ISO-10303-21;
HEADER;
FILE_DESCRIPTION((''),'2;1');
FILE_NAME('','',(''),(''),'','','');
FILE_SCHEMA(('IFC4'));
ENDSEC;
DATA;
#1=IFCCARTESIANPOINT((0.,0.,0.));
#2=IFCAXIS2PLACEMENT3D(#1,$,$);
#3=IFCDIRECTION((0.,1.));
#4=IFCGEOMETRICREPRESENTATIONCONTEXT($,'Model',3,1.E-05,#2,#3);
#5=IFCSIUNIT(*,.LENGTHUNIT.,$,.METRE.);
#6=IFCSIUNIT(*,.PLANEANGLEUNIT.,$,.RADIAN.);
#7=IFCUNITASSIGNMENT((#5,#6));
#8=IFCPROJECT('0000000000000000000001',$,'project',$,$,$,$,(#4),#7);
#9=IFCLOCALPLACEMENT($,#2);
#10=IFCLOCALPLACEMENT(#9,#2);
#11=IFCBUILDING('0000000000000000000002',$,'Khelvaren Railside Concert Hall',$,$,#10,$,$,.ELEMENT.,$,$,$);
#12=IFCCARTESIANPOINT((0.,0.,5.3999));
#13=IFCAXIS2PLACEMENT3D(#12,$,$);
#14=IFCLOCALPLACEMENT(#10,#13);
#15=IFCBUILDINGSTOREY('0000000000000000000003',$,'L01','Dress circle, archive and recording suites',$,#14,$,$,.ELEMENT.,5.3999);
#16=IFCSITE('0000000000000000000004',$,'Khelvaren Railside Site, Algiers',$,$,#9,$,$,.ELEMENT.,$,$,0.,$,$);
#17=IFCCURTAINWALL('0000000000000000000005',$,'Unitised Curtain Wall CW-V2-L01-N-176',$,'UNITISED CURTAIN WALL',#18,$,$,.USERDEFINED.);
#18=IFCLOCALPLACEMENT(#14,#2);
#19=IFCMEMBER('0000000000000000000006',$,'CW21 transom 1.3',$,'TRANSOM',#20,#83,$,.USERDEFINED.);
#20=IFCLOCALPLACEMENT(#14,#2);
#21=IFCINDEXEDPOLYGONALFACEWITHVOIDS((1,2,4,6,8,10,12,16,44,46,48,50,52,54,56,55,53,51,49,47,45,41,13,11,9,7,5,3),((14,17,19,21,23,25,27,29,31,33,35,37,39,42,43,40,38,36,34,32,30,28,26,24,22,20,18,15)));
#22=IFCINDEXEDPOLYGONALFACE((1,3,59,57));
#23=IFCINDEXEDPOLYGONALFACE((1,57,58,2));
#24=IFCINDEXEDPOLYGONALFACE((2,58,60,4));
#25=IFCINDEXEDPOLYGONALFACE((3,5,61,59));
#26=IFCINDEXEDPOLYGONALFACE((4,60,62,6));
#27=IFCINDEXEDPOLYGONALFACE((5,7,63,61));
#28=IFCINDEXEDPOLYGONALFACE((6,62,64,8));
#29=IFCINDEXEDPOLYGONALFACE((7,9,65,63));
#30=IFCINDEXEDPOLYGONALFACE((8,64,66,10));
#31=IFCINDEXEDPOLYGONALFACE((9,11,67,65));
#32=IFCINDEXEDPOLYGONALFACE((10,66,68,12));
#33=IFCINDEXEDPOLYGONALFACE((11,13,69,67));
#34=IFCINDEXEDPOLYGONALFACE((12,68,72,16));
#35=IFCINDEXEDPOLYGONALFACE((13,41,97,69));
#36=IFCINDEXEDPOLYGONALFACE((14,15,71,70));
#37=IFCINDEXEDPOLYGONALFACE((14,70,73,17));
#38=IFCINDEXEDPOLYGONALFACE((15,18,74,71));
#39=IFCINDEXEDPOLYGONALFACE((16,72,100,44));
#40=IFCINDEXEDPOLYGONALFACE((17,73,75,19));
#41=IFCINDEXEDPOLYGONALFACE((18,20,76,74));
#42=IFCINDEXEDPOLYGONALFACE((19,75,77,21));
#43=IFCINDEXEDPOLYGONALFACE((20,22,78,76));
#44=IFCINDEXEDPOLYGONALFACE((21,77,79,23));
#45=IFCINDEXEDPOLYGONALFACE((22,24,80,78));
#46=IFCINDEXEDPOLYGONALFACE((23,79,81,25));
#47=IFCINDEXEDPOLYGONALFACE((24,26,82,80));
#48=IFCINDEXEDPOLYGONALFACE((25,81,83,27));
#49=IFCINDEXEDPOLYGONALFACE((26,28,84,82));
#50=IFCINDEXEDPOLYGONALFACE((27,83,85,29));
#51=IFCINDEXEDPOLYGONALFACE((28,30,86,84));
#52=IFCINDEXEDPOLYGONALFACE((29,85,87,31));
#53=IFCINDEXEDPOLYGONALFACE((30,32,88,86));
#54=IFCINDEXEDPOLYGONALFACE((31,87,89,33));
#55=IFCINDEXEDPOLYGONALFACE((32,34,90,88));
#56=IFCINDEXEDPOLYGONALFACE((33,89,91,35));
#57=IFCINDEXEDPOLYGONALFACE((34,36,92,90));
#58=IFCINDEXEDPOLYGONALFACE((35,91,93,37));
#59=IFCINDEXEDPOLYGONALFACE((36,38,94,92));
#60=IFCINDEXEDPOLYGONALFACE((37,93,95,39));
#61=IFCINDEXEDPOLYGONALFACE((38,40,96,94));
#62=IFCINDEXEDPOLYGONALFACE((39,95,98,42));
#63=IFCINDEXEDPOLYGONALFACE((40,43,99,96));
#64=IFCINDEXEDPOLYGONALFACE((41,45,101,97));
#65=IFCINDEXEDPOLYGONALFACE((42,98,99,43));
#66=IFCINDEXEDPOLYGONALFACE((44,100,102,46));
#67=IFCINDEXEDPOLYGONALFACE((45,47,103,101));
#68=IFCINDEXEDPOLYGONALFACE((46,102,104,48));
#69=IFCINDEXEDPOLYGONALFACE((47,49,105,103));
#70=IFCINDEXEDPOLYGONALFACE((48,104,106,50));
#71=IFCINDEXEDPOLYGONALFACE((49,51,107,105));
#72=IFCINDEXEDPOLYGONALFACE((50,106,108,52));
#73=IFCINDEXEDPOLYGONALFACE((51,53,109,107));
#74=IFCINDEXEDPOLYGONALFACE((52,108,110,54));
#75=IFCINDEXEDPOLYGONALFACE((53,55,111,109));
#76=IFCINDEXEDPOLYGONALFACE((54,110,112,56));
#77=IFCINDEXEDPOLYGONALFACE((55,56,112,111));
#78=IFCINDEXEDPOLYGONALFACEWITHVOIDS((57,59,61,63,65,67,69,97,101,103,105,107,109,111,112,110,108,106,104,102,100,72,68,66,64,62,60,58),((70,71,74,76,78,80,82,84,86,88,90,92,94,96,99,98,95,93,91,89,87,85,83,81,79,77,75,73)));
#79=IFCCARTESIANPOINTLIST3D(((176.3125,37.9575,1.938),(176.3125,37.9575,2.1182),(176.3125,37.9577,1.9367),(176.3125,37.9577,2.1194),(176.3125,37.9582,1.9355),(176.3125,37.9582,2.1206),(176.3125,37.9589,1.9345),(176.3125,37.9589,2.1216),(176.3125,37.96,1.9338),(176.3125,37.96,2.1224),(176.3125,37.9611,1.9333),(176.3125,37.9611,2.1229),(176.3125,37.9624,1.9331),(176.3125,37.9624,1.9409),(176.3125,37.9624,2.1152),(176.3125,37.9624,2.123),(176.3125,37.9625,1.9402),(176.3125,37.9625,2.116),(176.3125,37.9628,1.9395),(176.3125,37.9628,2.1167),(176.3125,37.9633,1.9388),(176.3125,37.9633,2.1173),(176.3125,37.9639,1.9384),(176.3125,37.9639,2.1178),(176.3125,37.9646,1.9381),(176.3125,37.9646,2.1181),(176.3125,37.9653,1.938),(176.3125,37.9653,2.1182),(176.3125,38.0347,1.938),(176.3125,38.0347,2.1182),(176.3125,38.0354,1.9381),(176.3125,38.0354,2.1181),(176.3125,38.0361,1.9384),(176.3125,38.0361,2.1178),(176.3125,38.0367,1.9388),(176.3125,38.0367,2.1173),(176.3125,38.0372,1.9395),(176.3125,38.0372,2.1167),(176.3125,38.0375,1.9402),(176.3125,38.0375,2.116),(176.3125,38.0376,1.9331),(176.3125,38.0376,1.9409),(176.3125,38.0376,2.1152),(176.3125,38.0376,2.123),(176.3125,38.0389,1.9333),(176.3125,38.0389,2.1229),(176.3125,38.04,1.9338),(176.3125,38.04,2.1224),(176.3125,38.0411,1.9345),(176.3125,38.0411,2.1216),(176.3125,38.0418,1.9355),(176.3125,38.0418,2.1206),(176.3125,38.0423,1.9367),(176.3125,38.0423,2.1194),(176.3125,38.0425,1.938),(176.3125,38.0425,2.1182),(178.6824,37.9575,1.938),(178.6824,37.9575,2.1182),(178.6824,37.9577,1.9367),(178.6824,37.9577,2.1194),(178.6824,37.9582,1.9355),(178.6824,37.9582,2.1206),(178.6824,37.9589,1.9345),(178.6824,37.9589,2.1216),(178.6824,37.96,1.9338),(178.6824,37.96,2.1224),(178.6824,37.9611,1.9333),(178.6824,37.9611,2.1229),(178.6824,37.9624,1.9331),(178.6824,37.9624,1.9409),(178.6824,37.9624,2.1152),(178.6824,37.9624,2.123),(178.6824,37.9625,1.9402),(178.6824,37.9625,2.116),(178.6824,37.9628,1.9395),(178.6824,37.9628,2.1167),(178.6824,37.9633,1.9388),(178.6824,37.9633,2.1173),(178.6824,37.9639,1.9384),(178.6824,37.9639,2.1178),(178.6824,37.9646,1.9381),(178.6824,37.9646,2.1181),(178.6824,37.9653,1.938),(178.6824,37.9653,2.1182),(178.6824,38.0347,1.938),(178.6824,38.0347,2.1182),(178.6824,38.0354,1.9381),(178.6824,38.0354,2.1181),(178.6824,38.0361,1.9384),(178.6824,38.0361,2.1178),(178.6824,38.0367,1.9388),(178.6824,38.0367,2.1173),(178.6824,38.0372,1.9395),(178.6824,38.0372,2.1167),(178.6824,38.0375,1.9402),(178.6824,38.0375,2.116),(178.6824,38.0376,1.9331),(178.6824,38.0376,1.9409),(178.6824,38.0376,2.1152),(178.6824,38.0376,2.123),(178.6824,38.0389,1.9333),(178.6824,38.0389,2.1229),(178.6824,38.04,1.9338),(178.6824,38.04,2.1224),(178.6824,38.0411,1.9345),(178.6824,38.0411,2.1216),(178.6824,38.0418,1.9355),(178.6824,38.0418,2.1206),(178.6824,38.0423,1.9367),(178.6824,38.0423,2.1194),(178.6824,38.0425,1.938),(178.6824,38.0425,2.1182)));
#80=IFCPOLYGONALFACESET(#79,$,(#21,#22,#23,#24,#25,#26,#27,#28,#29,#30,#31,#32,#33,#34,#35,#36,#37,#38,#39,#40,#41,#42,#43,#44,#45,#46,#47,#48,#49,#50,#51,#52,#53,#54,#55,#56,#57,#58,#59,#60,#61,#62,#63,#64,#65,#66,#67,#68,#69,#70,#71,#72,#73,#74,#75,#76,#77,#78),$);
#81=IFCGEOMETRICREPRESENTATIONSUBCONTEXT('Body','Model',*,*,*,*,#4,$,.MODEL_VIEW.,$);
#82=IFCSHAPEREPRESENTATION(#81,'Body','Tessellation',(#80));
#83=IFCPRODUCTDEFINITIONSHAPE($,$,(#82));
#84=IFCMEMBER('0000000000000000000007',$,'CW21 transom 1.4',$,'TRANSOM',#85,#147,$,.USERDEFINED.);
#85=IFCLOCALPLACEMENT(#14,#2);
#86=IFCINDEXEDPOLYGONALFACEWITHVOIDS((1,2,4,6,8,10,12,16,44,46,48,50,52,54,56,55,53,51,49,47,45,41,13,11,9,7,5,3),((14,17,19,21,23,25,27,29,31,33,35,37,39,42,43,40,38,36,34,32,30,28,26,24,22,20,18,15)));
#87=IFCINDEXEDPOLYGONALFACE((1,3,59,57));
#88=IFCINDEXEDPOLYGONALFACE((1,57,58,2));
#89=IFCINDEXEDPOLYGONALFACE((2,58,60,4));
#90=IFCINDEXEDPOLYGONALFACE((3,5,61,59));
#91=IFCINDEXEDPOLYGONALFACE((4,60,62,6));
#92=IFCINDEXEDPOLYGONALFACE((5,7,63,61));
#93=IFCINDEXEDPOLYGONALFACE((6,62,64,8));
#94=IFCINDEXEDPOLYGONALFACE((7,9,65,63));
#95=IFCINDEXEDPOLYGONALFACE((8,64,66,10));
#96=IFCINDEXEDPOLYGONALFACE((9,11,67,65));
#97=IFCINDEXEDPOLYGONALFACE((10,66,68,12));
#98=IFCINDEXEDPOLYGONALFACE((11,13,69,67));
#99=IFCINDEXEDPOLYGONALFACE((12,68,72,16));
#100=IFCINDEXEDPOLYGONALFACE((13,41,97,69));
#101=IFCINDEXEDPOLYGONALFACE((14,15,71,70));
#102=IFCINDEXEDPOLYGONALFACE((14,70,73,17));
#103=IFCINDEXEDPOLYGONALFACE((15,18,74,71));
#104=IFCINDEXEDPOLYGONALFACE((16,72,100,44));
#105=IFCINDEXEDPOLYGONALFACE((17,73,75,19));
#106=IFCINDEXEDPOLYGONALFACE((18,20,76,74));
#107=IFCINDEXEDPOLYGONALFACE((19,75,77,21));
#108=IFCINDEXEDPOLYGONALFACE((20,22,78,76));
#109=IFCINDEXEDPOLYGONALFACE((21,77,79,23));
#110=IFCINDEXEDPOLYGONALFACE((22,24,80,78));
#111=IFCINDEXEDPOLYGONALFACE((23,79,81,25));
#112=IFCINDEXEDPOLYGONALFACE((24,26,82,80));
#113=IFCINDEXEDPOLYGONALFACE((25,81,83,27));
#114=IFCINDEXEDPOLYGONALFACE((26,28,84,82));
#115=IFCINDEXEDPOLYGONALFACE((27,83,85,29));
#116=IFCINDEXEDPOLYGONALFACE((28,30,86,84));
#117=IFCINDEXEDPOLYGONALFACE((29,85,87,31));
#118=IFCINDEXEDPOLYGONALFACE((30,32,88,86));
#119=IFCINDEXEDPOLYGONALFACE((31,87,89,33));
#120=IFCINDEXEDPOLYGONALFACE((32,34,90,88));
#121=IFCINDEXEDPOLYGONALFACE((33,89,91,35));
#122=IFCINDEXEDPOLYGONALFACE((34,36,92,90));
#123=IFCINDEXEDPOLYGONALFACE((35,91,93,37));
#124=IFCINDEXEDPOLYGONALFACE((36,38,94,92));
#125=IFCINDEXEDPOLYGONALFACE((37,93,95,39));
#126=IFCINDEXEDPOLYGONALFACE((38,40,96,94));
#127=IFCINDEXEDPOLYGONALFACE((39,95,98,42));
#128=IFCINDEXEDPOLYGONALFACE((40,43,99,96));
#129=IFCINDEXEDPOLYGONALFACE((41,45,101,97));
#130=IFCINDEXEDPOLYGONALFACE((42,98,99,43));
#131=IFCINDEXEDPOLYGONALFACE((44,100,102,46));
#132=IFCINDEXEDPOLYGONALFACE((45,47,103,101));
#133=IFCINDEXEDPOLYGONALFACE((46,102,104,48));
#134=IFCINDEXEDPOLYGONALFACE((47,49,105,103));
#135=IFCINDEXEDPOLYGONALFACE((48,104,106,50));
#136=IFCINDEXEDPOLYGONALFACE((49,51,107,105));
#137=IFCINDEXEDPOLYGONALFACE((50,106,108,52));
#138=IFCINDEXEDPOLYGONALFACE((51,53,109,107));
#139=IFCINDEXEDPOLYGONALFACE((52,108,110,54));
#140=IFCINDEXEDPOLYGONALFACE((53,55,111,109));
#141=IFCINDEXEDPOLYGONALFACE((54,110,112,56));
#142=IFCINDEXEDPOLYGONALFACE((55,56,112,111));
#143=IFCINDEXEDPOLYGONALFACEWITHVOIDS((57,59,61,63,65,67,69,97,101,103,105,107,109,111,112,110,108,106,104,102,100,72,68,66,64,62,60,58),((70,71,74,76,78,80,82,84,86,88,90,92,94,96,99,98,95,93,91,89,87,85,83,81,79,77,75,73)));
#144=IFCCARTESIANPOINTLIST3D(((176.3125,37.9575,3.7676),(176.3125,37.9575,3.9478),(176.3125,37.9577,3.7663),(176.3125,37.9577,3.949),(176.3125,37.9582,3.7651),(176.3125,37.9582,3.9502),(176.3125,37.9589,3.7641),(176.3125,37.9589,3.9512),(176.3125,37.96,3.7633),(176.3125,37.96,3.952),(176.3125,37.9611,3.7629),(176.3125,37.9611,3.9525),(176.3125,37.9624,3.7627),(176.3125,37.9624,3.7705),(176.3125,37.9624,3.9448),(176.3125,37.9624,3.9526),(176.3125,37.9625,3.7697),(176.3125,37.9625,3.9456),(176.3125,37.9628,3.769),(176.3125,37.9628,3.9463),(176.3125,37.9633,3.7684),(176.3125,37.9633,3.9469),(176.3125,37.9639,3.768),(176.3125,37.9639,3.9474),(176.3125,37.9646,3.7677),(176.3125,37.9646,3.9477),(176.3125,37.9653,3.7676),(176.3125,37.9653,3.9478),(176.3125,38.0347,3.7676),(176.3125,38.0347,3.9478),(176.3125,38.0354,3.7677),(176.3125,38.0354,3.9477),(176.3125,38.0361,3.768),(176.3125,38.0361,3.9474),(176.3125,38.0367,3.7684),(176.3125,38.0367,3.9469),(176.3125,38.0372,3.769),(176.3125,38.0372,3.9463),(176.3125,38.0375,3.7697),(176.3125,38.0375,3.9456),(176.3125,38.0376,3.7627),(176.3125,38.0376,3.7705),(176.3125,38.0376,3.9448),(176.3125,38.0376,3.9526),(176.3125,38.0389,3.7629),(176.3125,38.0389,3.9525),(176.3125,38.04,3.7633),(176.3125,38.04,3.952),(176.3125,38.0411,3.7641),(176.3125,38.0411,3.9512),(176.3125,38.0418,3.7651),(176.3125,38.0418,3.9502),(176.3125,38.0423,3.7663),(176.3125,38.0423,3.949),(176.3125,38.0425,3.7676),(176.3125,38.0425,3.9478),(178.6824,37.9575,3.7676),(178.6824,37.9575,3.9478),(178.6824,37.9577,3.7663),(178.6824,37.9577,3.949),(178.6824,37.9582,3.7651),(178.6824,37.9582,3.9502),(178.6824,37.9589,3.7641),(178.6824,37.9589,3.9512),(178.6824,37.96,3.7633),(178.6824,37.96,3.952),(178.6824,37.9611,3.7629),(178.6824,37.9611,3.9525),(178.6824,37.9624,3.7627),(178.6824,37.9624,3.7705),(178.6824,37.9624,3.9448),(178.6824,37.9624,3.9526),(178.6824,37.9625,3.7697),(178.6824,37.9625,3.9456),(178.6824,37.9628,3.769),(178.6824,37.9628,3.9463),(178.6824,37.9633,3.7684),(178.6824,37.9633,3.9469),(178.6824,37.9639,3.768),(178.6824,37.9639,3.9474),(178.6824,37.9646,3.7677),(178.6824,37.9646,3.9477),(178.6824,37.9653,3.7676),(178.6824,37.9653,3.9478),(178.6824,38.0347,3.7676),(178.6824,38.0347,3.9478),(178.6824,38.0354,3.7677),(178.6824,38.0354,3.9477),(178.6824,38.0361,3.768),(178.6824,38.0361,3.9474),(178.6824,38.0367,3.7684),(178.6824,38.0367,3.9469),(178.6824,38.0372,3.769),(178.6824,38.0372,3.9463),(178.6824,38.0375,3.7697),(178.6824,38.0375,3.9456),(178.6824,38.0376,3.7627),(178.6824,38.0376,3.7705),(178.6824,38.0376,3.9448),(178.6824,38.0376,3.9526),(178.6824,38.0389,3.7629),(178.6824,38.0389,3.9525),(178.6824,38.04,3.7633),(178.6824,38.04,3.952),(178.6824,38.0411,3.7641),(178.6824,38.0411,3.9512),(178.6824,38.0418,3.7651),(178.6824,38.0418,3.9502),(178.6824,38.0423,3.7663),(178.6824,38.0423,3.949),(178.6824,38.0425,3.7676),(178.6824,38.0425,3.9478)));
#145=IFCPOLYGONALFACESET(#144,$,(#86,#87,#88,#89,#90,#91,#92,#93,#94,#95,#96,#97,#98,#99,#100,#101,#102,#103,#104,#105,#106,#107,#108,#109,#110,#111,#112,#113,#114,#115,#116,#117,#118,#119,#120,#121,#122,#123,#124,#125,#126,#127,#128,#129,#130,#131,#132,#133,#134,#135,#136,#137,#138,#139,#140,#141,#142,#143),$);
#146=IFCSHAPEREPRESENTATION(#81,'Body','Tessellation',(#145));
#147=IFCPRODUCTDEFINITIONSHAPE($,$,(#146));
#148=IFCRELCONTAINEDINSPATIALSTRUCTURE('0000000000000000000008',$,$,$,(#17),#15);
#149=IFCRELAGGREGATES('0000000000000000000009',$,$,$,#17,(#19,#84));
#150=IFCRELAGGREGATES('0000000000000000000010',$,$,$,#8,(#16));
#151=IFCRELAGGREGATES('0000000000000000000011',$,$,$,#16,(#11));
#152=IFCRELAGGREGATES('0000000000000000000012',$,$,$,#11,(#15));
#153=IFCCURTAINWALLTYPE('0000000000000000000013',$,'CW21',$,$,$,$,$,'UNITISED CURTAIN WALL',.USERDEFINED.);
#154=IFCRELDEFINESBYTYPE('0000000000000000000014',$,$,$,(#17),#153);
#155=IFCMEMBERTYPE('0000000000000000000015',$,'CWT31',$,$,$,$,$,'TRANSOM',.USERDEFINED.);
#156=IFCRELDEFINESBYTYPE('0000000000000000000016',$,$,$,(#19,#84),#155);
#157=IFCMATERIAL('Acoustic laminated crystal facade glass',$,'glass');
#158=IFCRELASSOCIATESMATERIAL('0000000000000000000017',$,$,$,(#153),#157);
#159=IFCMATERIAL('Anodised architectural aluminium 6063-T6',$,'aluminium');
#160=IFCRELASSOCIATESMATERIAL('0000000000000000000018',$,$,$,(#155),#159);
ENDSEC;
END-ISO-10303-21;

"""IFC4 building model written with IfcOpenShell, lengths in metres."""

from ifc_helpers import new_model, si_unit, direction, frame, origin, origin_2d, place, context, subcontext, project, spatial, hollow_rectangle, extrude, material, material_profile, profile_set, type_object, element, aggregate, save


model = new_model("IFC4")

# Units and contexts
model_context = context("Model", 3, precision=1e-05, world=origin(), true_north=direction((0.0, 1.0)))
body_context = subcontext(model_context, "Body", "Model", "MODEL_VIEW")
ifc_project = project(units=[si_unit("LENGTHUNIT", "METRE"), si_unit("PLANEANGLEUNIT", "RADIAN")], contexts=[model_context])

# Site, building, storey
site_placement = place(None, origin())
site = spatial("IfcSite", under=ifc_project, at=site_placement, Name="Khelvaren Railside Site, Algiers", CompositionType="ELEMENT", RefElevation=0.0)
building_placement = place(site_placement, origin())
building = spatial("IfcBuilding", under=site, at=building_placement, Name="Khelvaren Railside Concert Hall", CompositionType="ELEMENT")
storey_placement = place(building_placement, frame((0.0, 0.0, 5.3999)))
storey = spatial("IfcBuildingStorey", under=building, at=storey_placement, Name="L01", Description="Dress circle, archive and recording suites", CompositionType="ELEMENT", Elevation=5.3999)

# Curtain wall, members
ifc_material_1 = material(Name="Acoustic laminated crystal facade glass", Category="glass")
curtain_wall_type = type_object("IfcCurtainWallType", Name="CW21", ElementType="UNITISED CURTAIN WALL", PredefinedType="USERDEFINED", material=ifc_material_1)
curtain_wall_placement = place(storey_placement, origin())
curtain_wall = element("IfcCurtainWall", 1, at=curtain_wall_placement, inside=storey, type_object=curtain_wall_type, Name="Unitised Curtain Wall CW-V2-L01-N-176", ObjectType="UNITISED CURTAIN WALL", PredefinedType="USERDEFINED")
ifc_material_2 = material(Name="Anodised architectural aluminium 6063-T6", Category="aluminium")
ifc_material_profile_1 = material_profile(ifc_material_2, hollow_rectangle(XDim=0.085, YDim=0.1899, WallThickness=0.0049, InnerFilletRadius=0.0029, OuterFilletRadius=0.0049, at=origin_2d()), Name="CWT 85x190x5")
ifc_profile_set_1 = profile_set([ifc_material_profile_1], Name="Anodised architectural aluminium 6063-T6")
member_type_1 = type_object("IfcMemberType", Name="CWT31", ElementType="TRANSOM", PredefinedType="USERDEFINED", material=ifc_profile_set_1)
member_1_placement = place(storey_placement, frame((176.3125, 38.0, 2.0281), z_axis=(1.0, 0.0, 0.0), x_axis=(0.0, 1.0, 0.0)))
member_1 = element("IfcMember", 2, at=member_1_placement, type_object=member_type_1, Name="CW21 transom 1.3", ObjectType="TRANSOM", PredefinedType="USERDEFINED", context=body_context, shape_type="SweptSolid", body=[
    extrude(hollow_rectangle(XDim=0.085, YDim=0.1899, WallThickness=0.0049, InnerFilletRadius=0.0029, OuterFilletRadius=0.0049, at=origin_2d()), origin(), (0.0, 0.0, 1.0), 2.3699),
])
member_2_placement = place(storey_placement, frame((176.3125, 38.0, 3.8577), z_axis=(1.0, 0.0, 0.0), x_axis=(0.0, 1.0, 0.0)))
member_2 = element("IfcMember", 3, at=member_2_placement, type_object=member_type_1, Name="CW21 transom 1.4", ObjectType="TRANSOM", PredefinedType="USERDEFINED", context=body_context, shape_type="SweptSolid", body=[
    extrude(hollow_rectangle(XDim=0.085, YDim=0.1899, WallThickness=0.0049, InnerFilletRadius=0.0029, OuterFilletRadius=0.0049, at=origin_2d()), origin(), (0.0, 0.0, 1.0), 2.3699),
])

aggregate(curtain_wall, [member_1, member_2])

save(model, "model.ifc")
